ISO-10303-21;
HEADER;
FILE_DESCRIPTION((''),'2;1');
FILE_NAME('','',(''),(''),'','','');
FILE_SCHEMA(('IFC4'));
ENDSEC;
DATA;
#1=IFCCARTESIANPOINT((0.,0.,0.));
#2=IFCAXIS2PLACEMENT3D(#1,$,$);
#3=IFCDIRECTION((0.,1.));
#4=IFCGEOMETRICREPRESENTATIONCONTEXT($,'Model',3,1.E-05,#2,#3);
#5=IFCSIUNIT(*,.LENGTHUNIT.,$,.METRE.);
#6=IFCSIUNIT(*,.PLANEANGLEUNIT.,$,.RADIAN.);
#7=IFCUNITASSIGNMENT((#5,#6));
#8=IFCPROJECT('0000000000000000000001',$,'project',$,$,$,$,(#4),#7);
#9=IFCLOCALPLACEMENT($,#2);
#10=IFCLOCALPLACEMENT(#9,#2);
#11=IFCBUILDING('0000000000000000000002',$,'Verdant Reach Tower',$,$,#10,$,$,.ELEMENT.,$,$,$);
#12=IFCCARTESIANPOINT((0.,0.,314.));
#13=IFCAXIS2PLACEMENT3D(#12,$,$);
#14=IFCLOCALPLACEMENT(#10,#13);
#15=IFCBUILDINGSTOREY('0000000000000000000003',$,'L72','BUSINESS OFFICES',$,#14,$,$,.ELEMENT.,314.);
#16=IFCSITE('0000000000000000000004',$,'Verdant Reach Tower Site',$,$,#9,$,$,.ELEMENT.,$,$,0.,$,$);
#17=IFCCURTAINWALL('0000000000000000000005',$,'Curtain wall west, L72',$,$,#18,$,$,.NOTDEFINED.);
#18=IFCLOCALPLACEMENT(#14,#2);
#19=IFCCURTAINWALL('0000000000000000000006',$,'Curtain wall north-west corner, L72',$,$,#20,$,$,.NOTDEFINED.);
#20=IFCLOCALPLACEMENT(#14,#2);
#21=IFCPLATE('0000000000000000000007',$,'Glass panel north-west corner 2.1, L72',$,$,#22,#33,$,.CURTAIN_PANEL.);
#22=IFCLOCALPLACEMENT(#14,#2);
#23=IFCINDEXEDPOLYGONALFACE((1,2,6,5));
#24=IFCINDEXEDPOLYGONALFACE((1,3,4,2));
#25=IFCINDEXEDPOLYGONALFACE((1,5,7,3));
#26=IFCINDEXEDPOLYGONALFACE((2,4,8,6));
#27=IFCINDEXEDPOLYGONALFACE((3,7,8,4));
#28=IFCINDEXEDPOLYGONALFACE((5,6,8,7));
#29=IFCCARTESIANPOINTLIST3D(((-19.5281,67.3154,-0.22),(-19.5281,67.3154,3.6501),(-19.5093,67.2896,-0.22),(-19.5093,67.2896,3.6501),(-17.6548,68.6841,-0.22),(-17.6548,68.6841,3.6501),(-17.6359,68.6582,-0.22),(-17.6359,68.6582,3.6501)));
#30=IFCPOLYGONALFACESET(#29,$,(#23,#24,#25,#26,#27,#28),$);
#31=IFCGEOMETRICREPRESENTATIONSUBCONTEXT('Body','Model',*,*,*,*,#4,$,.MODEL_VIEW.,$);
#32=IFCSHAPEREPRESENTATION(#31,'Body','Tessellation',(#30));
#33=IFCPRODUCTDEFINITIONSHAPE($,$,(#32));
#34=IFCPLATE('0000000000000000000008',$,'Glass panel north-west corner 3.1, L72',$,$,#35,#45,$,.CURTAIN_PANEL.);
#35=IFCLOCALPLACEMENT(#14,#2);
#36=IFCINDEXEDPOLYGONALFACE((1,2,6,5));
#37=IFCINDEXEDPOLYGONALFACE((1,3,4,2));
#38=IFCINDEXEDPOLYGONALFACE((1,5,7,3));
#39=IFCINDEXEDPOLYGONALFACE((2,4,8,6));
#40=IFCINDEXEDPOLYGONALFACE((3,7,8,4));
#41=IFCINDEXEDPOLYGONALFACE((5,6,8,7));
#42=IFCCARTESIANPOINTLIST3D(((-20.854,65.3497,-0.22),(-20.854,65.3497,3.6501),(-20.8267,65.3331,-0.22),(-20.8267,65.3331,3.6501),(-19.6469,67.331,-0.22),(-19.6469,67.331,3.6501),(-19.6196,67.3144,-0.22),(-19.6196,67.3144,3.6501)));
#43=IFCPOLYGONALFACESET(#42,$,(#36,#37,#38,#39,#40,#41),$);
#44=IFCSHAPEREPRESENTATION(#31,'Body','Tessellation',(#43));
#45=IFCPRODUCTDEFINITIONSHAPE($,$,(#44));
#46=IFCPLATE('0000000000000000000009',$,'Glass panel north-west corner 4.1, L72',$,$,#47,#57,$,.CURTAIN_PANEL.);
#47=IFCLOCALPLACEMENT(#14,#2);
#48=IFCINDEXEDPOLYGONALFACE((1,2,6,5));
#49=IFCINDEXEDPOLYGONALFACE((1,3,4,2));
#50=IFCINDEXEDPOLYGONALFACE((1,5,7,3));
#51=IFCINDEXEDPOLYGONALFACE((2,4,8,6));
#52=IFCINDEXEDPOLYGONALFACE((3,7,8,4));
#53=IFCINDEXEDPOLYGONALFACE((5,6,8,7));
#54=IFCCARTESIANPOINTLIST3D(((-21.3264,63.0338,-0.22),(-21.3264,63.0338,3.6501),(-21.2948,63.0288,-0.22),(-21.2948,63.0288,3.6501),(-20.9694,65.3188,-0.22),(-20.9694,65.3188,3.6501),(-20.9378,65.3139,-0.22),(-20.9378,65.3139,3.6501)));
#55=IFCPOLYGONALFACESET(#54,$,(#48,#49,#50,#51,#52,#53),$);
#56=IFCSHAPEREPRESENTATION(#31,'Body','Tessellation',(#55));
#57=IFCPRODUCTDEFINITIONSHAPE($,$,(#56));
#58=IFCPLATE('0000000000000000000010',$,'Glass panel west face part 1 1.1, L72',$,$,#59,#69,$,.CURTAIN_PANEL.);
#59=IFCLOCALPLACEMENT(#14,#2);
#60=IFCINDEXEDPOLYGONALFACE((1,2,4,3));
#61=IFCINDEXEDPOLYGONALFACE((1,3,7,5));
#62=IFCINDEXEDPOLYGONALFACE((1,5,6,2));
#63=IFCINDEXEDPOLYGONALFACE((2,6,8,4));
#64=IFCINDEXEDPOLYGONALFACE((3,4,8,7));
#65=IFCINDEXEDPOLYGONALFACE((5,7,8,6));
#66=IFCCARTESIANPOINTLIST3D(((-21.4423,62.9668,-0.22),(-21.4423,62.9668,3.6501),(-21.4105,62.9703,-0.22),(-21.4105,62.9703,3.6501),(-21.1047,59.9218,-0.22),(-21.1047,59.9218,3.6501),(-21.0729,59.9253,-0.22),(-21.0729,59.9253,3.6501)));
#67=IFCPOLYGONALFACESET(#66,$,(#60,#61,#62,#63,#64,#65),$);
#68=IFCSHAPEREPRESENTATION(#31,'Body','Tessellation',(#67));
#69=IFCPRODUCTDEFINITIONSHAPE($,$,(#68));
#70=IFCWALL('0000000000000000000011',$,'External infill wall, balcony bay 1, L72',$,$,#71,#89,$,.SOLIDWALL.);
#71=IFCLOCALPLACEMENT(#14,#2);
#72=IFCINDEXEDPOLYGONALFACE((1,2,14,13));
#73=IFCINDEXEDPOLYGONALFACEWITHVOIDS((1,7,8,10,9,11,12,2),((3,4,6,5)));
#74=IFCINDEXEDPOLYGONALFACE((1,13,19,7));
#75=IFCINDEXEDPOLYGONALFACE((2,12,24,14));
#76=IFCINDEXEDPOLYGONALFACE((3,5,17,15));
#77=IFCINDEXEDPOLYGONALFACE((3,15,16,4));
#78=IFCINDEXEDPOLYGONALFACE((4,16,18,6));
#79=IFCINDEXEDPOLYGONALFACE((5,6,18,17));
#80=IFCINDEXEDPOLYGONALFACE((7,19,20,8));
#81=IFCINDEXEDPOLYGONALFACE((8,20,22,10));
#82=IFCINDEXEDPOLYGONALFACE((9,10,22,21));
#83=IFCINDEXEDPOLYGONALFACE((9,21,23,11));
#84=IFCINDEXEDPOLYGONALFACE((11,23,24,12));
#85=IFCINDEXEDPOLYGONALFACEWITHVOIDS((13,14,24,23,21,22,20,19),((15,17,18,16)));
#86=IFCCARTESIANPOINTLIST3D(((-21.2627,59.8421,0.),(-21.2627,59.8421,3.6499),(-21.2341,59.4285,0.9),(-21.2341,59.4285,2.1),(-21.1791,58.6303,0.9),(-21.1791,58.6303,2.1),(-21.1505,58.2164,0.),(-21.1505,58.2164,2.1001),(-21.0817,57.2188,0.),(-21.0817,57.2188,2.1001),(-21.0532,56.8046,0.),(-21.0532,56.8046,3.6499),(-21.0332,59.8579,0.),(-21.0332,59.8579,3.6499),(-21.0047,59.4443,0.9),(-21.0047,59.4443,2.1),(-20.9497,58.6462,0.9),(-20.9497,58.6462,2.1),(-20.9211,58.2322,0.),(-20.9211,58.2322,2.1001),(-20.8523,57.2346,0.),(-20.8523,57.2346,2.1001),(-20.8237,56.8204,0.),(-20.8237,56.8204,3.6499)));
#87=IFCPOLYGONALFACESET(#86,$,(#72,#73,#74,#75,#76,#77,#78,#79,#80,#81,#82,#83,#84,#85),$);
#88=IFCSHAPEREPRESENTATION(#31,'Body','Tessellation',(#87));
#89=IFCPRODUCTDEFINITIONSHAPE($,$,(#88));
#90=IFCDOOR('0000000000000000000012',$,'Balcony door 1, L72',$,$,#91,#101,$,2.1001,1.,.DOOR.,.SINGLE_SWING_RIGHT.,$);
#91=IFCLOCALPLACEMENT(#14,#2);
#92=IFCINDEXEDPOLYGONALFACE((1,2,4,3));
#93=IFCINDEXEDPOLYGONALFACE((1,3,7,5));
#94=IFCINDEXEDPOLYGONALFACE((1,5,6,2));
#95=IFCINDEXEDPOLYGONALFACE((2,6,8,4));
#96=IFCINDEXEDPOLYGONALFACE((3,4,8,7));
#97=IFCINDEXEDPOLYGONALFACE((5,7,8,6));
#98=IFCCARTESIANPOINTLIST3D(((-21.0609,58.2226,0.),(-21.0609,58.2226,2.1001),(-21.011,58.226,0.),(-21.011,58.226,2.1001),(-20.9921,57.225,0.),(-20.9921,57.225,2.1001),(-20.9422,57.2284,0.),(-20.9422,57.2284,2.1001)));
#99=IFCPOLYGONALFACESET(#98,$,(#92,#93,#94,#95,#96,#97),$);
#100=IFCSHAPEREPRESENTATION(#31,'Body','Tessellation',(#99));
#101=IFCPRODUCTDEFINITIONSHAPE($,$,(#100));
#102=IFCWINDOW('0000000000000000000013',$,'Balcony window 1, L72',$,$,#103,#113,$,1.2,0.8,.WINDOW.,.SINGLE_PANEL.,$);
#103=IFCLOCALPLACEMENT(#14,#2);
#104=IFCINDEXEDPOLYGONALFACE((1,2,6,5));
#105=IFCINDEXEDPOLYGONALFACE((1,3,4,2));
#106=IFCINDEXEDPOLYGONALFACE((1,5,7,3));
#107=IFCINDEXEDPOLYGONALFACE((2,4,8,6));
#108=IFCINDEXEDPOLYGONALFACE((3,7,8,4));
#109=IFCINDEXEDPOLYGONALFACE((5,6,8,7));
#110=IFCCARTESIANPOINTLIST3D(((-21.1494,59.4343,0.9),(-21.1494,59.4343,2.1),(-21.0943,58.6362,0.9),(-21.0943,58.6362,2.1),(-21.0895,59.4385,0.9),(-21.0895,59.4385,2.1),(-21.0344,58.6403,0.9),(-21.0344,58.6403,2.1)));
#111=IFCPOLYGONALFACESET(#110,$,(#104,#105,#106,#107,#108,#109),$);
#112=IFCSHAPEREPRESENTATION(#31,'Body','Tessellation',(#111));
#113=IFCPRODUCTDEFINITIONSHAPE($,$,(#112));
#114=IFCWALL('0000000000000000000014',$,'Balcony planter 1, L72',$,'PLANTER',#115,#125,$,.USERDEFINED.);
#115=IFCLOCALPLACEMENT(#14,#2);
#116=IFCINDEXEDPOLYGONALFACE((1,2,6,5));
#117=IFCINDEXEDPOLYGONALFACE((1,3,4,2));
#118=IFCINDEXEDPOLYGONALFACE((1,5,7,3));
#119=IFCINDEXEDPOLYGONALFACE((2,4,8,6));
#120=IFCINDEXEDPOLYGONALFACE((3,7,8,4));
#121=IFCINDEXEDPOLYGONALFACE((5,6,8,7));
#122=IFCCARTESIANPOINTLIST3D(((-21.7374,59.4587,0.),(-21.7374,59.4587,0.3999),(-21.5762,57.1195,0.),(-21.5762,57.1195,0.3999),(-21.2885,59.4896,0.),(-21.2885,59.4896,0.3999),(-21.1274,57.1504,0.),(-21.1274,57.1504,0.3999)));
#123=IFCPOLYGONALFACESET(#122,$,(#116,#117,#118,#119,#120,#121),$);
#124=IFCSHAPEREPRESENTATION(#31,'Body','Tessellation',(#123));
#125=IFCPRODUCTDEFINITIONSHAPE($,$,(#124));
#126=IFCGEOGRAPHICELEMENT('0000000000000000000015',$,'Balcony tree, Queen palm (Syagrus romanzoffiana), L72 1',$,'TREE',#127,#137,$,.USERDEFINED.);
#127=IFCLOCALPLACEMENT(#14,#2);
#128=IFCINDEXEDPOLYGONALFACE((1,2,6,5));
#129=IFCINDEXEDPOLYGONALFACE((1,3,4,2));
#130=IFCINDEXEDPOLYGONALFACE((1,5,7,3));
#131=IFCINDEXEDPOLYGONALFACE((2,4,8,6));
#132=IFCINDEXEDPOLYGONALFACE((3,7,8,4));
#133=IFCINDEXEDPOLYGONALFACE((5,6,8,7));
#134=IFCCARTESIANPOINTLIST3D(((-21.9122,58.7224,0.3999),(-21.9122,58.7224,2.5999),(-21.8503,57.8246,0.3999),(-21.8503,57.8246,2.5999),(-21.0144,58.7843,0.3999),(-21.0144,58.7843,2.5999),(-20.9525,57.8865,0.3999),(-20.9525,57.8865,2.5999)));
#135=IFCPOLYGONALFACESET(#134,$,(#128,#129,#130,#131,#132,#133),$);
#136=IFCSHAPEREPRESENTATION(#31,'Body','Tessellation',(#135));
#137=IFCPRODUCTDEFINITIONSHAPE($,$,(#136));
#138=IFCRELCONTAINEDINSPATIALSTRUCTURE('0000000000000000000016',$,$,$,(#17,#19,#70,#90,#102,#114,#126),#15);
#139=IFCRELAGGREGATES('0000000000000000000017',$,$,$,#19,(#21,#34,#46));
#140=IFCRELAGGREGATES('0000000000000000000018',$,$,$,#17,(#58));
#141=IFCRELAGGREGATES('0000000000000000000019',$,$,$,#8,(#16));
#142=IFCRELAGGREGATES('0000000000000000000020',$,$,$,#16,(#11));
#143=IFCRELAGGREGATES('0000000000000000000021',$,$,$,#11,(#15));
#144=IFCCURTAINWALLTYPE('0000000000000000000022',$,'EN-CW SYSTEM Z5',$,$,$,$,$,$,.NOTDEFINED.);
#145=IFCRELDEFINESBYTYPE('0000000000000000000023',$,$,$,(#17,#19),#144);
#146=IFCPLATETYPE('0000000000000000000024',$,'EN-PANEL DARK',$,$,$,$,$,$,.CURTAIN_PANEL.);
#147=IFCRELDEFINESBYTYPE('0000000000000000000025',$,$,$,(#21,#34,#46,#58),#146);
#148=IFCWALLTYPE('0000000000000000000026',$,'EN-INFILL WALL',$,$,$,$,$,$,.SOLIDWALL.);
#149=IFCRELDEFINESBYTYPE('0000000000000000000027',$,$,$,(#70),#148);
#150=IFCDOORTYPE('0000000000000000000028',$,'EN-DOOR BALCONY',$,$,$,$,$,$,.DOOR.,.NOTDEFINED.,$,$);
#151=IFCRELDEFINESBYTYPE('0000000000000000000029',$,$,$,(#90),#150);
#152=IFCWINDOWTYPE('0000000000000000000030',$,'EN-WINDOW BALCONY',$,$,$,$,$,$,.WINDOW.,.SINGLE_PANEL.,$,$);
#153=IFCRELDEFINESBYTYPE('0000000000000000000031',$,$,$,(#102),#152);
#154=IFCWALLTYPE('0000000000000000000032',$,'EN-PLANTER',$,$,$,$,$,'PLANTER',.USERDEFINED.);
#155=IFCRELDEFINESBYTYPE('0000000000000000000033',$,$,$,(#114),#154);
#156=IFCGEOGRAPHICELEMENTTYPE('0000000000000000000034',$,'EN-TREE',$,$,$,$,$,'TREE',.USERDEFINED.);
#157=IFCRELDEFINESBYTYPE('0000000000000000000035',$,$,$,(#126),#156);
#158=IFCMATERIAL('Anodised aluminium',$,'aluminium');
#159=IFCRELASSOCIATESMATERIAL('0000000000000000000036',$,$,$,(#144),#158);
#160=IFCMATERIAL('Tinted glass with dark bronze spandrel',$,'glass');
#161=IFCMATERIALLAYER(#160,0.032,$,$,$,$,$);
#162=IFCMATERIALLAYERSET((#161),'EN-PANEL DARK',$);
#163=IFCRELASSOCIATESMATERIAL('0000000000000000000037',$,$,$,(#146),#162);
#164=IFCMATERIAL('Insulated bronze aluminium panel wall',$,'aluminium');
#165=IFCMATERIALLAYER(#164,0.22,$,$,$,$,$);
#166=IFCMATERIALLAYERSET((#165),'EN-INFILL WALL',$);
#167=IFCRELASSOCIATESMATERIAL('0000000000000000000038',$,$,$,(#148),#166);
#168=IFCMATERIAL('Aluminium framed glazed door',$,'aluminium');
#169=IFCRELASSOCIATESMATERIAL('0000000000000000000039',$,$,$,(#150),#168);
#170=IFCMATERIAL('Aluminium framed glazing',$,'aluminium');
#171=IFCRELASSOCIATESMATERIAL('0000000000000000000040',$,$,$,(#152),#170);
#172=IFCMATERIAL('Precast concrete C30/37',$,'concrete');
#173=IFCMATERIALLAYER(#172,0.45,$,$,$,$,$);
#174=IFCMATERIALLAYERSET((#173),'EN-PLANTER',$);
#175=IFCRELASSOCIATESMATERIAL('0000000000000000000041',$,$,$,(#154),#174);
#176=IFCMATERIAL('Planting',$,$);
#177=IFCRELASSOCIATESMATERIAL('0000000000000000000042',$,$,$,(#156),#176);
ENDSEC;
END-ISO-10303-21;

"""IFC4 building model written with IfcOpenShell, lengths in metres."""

from ifc_helpers import new_model, si_unit, direction, frame, frame_2d, origin, origin_2d, place, context, subcontext, project, spatial, rectangle, extrude, material, layer, layer_set, type_object, element, fill, aggregate, save


model = new_model("IFC4")

# Units and contexts
model_context = context("Model", 3, precision=1e-05, world=origin(), true_north=direction((0.0, 1.0)))
body_context = subcontext(model_context, "Body", "Model", "MODEL_VIEW")
ifc_project = project(units=[si_unit("LENGTHUNIT", "METRE"), si_unit("PLANEANGLEUNIT", "RADIAN")], contexts=[model_context])

# Site, building, storey
site_placement = place(None, origin())
site = spatial("IfcSite", under=ifc_project, at=site_placement, Name="Verdant Reach Tower Site", CompositionType="ELEMENT", RefElevation=0.0)
building_placement = place(site_placement, origin())
building = spatial("IfcBuilding", under=site, at=building_placement, Name="Verdant Reach Tower", CompositionType="ELEMENT")
storey_placement = place(building_placement, frame((0.0, 0.0, 314.0)))
storey = spatial("IfcBuildingStorey", under=building, at=storey_placement, Name="L72", Description="BUSINESS OFFICES", CompositionType="ELEMENT", Elevation=314.0)

# Curtain wall
ifc_material_1 = material(Name="Anodised aluminium", Category="aluminium")
curtain_wall_type = type_object("IfcCurtainWallType", Name="EN-CW SYSTEM Z5", PredefinedType="NOTDEFINED", material=ifc_material_1)
curtain_wall_1_placement = place(storey_placement, origin())
curtain_wall_1 = element("IfcCurtainWall", 1, at=curtain_wall_1_placement, inside=storey, type_object=curtain_wall_type, Name="Curtain wall west, L72", PredefinedType="NOTDEFINED")

# Curtain wall, plates
curtain_wall_2_placement = place(storey_placement, origin())
curtain_wall_2 = element("IfcCurtainWall", 2, at=curtain_wall_2_placement, inside=storey, type_object=curtain_wall_type, Name="Curtain wall north-west corner, L72", PredefinedType="NOTDEFINED")
ifc_material_2 = material(Name="Tinted glass with dark bronze spandrel", Category="glass")
ifc_layer_1 = layer(ifc_material_2, 0.032)
ifc_layer_set_1 = layer_set([ifc_layer_1], Name="EN-PANEL DARK")
plate_type_1 = type_object("IfcPlateType", Name="EN-PANEL DARK", PredefinedType="CURTAIN_PANEL", material=ifc_layer_set_1)
plate_1_placement = place(storey_placement, frame((-18.582, 67.9868, -0.22), z_axis=(0.0, 0.0, 1.0), x_axis=(-0.807457, -0.589927, 0.0)))
plate_1 = element("IfcPlate", 3, at=plate_1_placement, type_object=plate_type_1, Name="Glass panel north-west corner 2.1, L72", PredefinedType="CURTAIN_PANEL", context=body_context, shape_type="SweptSolid", body=[
    extrude(rectangle(XDim=2.3201, YDim=0.032, at=origin_2d()), origin(), (0.0, 0.0, 1.0), 3.8701),
])
plate_2_placement = place(storey_placement, frame((-20.2368, 66.332, -0.22), z_axis=(0.0, 0.0, 1.0), x_axis=(-0.520292, -0.853989, 0.0)))
plate_2 = element("IfcPlate", 4, at=plate_2_placement, type_object=plate_type_1, Name="Glass panel north-west corner 3.1, L72", PredefinedType="CURTAIN_PANEL", context=body_context, shape_type="SweptSolid", body=[
    extrude(rectangle(XDim=2.3201, YDim=0.032, at=origin_2d()), origin(), (0.0, 0.0, 1.0), 3.8701),
])
plate_3_placement = place(storey_placement, frame((-21.1321, 64.1738, -0.22), z_axis=(0.0, 0.0, 1.0), x_axis=(-0.154337, -0.988018, 0.0)))
plate_3 = element("IfcPlate", 5, at=plate_3_placement, type_object=plate_type_1, Name="Glass panel north-west corner 4.1, L72", PredefinedType="CURTAIN_PANEL", context=body_context, shape_type="SweptSolid", body=[
    extrude(rectangle(XDim=2.3127, YDim=0.032, at=origin_2d()), origin(), (0.0, 0.0, 1.0), 3.8701),
])
aggregate(curtain_wall_2, [plate_1, plate_2, plate_3])

# Plate
plate_4_placement = place(storey_placement, frame((-21.2576, 61.446, -0.22), z_axis=(0.0, 0.0, 1.0), x_axis=(0.110198, -0.99391, 0.0)))
plate_4 = element("IfcPlate", 6, at=plate_4_placement, type_object=plate_type_1, Name="Glass panel west face part 1 1.1, L72", PredefinedType="CURTAIN_PANEL", context=body_context, shape_type="SweptSolid", body=[
    extrude(rectangle(XDim=3.0637, YDim=0.032, at=origin_2d()), origin(), (0.0, 0.0, 1.0), 3.8701),
])
aggregate(curtain_wall_1, [plate_4])

# Wall, openings, door, window
ifc_material_3 = material(Name="Insulated bronze aluminium panel wall", Category="aluminium")
ifc_layer_2 = layer(ifc_material_3, 0.22)
ifc_layer_set_2 = layer_set([ifc_layer_2], Name="EN-INFILL WALL")
wall_type_1 = type_object("IfcWallType", Name="EN-INFILL WALL", PredefinedType="SOLIDWALL", material=ifc_layer_set_2)
wall_1_placement = place(storey_placement, frame((-21.1479, 59.8501, 0.0), z_axis=(0.0, 0.0, 1.0), x_axis=(0.068802, -0.99763, 0.0)))
wall_1 = element("IfcWall", 7, at=wall_1_placement, inside=storey, type_object=wall_type_1, Name="External infill wall, balcony bay 1, L72", PredefinedType="SOLIDWALL", context=body_context, shape_type="SweptSolid", body=[
    extrude(rectangle(XDim=3.0447, YDim=0.23, at=frame_2d((1.5225, 0.0))), origin(), (0.0, 0.0, 1.0), 3.6499),
])
opening_1_placement = place(wall_1_placement, frame((1.6296, 0.0, 0.0)))
opening_1 = element("IfcOpeningElement", 8, at=opening_1_placement, cuts=wall_1, PredefinedType="OPENING", context=body_context, shape_type="SweptSolid", body=[
    extrude(rectangle(XDim=1.0, YDim=2.1001, at=frame_2d((0.5, 1.05))), frame((0.0, 0.125, 0.0), z_axis=(0.0, -1.0, 0.0), x_axis=(1.0, 0.0, 0.0)), (0.0, 0.0, 1.0), 0.25),
])
opening_2_placement = place(wall_1_placement, frame((0.4148, 0.0, 0.8999)))
opening_2 = element("IfcOpeningElement", 9, at=opening_2_placement, cuts=wall_1, PredefinedType="OPENING", context=body_context, shape_type="SweptSolid", body=[
    extrude(rectangle(XDim=0.8, YDim=1.2, at=frame_2d((0.3999, 0.6001))), frame((0.0, 0.125, 0.0), z_axis=(0.0, -1.0, 0.0), x_axis=(1.0, 0.0, 0.0)), (0.0, 0.0, 1.0), 0.25),
])
ifc_material_4 = material(Name="Aluminium framed glazed door", Category="aluminium")
door_type = type_object("IfcDoorType", Name="EN-DOOR BALCONY", OperationType="NOTDEFINED", PredefinedType="DOOR", material=ifc_material_4)
door_placement = place(opening_1_placement, origin())
door = element("IfcDoor", 10, at=door_placement, inside=storey, type_object=door_type, Name="Balcony door 1, L72", OperationType="SINGLE_SWING_RIGHT", OverallHeight=2.1001, OverallWidth=1.0, PredefinedType="DOOR", context=body_context, shape_type="SweptSolid", body=[
    extrude(rectangle(XDim=1.0, YDim=2.1001, at=frame_2d((0.5, 1.05))), frame((0.0, 0.0249, 0.0), z_axis=(0.0, -1.0, 0.0), x_axis=(1.0, 0.0, 0.0)), (0.0, 0.0, 1.0), 0.05),
])
fill(opening_1, door)
ifc_material_5 = material(Name="Aluminium framed glazing", Category="aluminium")
window_type = type_object("IfcWindowType", Name="EN-WINDOW BALCONY", PartitioningType="SINGLE_PANEL", PredefinedType="WINDOW", material=ifc_material_5)
window_placement = place(opening_2_placement, origin())
window = element("IfcWindow", 11, at=window_placement, inside=storey, type_object=window_type, Name="Balcony window 1, L72", OverallHeight=1.2, OverallWidth=0.8, PartitioningType="SINGLE_PANEL", PredefinedType="WINDOW", context=body_context, shape_type="SweptSolid", body=[
    extrude(rectangle(XDim=0.8, YDim=1.2, at=frame_2d((0.3999, 0.6001))), frame((0.0, 0.03, 0.0), z_axis=(0.0, -1.0, 0.0), x_axis=(1.0, 0.0, 0.0)), (0.0, 0.0, 1.0), 0.0601),
])
fill(opening_2, window)

# Wall
ifc_material_6 = material(Name="Precast concrete C30/37", Category="concrete")
ifc_layer_3 = layer(ifc_material_6, 0.45)
ifc_layer_set_3 = layer_set([ifc_layer_3], Name="EN-PLANTER")
wall_type_2 = type_object("IfcWallType", Name="EN-PLANTER", ElementType="PLANTER", PredefinedType="USERDEFINED", material=ifc_layer_set_3)
wall_2_placement = place(storey_placement, frame((-21.5129, 59.4741, 0.0), z_axis=(0.0, 0.0, 1.0), x_axis=(0.068723, -0.997636, 0.0)))
element("IfcWall", 12, at=wall_2_placement, inside=storey, type_object=wall_type_2, Name="Balcony planter 1, L72", ObjectType="PLANTER", PredefinedType="USERDEFINED", context=body_context, shape_type="SweptSolid", body=[
    extrude(rectangle(XDim=2.3447, YDim=0.45, at=frame_2d((1.1724, 0.0))), origin(), (0.0, 0.0, 1.0), 0.3999),
])

# Geographic element
ifc_material_7 = material(Name="Planting")
geographic_element_type = type_object("IfcGeographicElementType", Name="EN-TREE", ElementType="TREE", PredefinedType="USERDEFINED", material=ifc_material_7)
geographic_element_placement = place(storey_placement, frame((-21.4324, 58.3044, 0.3999), z_axis=(0.0, 0.0, 1.0), x_axis=(0.068802, -0.99763, 0.0)))
element("IfcGeographicElement", 13, at=geographic_element_placement, inside=storey, type_object=geographic_element_type, Name="Balcony tree, Queen palm (Syagrus romanzoffiana), L72 1", ObjectType="TREE", PredefinedType="USERDEFINED", context=body_context, shape_type="SweptSolid", body=[
    extrude(rectangle(XDim=0.8999, YDim=0.8999, at=origin_2d()), origin(), (0.0, 0.0, 1.0), 2.2),
])

save(model, "model.ifc")
